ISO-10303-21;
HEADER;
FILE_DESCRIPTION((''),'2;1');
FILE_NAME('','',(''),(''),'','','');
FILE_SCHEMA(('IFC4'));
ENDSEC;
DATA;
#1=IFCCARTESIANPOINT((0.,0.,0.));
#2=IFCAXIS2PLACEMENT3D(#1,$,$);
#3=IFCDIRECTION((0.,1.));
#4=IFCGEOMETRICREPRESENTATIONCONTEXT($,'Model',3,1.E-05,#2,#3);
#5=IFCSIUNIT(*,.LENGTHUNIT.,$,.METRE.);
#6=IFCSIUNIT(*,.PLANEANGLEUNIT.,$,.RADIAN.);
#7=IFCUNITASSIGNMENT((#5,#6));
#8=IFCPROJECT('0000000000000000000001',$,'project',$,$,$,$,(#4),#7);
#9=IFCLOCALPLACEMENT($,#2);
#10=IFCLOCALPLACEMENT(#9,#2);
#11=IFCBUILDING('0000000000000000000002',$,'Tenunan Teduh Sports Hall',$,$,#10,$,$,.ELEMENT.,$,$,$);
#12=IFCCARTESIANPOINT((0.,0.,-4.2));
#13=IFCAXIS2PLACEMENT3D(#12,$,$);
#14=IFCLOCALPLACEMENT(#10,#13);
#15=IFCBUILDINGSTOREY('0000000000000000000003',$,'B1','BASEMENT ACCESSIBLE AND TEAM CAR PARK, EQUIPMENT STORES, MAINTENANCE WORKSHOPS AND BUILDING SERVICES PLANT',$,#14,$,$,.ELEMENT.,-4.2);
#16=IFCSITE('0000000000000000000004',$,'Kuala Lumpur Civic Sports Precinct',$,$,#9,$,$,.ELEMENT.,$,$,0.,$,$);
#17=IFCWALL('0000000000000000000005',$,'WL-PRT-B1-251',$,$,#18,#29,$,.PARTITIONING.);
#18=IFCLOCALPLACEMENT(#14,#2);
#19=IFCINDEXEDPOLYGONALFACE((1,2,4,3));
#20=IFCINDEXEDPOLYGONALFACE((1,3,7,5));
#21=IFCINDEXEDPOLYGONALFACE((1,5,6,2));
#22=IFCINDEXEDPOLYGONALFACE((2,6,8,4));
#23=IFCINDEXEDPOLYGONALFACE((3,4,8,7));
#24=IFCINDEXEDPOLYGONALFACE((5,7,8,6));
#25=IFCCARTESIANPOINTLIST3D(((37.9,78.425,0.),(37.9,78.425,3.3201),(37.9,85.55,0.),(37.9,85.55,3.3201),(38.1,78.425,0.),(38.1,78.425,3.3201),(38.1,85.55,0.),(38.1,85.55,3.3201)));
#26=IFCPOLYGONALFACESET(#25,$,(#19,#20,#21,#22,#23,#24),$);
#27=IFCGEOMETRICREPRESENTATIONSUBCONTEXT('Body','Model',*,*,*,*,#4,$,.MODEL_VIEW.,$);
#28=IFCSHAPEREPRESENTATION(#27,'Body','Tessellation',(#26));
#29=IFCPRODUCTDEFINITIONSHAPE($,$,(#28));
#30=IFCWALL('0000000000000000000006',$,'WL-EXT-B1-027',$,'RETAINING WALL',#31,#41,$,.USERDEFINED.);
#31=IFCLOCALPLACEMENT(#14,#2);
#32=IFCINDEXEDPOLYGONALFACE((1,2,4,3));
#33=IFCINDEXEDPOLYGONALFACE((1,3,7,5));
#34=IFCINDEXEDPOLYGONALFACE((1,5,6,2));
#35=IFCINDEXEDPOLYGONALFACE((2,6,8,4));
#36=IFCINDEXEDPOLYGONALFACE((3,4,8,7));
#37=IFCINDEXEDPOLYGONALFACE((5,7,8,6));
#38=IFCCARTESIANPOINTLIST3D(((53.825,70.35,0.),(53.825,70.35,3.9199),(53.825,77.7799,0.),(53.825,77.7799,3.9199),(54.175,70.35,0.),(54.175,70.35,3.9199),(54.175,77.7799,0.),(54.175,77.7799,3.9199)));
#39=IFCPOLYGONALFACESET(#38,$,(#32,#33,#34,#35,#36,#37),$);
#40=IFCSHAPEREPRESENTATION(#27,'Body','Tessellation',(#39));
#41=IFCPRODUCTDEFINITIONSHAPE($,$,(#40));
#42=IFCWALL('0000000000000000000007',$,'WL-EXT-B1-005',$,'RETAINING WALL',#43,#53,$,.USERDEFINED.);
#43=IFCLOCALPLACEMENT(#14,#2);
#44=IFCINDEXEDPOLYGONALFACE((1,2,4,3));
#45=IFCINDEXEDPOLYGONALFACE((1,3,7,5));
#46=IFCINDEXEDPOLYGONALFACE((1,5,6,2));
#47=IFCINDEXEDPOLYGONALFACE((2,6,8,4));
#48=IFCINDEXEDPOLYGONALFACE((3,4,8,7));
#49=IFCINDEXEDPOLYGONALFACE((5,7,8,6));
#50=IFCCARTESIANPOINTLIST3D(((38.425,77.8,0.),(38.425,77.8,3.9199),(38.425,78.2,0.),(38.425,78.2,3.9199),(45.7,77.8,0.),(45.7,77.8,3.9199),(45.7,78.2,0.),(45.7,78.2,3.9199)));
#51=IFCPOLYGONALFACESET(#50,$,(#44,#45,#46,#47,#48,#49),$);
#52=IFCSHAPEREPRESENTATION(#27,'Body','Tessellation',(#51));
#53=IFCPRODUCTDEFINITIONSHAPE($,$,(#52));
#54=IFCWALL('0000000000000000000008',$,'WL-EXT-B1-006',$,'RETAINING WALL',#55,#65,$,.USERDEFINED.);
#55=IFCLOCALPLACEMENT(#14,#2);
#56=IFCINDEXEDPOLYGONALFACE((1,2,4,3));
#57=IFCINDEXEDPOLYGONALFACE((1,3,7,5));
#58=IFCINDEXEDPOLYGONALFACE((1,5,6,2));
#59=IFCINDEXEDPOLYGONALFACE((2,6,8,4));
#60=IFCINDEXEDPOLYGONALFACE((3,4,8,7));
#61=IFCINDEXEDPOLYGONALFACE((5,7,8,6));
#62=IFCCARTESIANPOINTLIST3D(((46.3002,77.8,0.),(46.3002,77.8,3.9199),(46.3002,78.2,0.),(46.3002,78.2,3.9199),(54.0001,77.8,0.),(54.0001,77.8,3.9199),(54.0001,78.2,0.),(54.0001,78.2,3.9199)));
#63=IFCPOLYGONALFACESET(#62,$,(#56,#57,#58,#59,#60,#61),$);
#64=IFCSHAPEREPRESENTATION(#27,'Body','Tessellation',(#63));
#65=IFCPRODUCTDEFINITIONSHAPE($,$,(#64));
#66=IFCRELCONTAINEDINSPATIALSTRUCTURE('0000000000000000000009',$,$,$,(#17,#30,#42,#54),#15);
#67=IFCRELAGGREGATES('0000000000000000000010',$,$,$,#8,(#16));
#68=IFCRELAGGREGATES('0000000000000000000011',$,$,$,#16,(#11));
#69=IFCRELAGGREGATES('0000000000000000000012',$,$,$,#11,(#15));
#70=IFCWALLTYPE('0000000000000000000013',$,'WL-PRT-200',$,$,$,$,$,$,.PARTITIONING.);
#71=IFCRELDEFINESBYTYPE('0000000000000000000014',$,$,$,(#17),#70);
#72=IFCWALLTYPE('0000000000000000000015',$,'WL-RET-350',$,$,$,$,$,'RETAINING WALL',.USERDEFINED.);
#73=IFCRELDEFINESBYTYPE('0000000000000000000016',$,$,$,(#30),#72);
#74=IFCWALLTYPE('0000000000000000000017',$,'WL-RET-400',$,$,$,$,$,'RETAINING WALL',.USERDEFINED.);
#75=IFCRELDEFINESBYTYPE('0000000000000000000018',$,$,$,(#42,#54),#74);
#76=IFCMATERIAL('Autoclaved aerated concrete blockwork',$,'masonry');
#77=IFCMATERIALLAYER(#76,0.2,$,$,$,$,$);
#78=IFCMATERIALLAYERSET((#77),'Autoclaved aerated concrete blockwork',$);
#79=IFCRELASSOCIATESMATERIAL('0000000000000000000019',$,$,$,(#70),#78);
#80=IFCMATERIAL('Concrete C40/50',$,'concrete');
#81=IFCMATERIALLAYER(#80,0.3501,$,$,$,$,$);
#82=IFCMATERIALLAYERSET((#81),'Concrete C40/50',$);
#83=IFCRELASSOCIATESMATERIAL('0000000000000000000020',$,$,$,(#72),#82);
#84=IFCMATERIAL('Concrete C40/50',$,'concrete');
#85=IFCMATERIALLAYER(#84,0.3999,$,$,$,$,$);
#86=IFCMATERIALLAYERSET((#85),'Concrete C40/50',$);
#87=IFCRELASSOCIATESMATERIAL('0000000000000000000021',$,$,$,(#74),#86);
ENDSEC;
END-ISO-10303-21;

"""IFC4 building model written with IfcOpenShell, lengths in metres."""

from ifc_helpers import new_model, si_unit, direction, frame, frame_2d, origin, place, context, subcontext, project, spatial, rectangle, extrude, material, layer, layer_set, type_object, element, save


model = new_model("IFC4")

# Units and contexts
model_context = context("Model", 3, precision=1e-05, world=origin(), true_north=direction((0.0, 1.0)))
body_context = subcontext(model_context, "Body", "Model", "MODEL_VIEW")
ifc_project = project(units=[si_unit("LENGTHUNIT", "METRE"), si_unit("PLANEANGLEUNIT", "RADIAN")], contexts=[model_context])

# Site, building, storey
site_placement = place(None, origin())
site = spatial("IfcSite", under=ifc_project, at=site_placement, Name="Kuala Lumpur Civic Sports Precinct", CompositionType="ELEMENT", RefElevation=0.0)
building_placement = place(site_placement, origin())
building = spatial("IfcBuilding", under=site, at=building_placement, Name="Tenunan Teduh Sports Hall", CompositionType="ELEMENT")
storey_placement = place(building_placement, frame((0.0, 0.0, -4.2)))
storey = spatial("IfcBuildingStorey", under=building, at=storey_placement, Name="B1", Description="BASEMENT ACCESSIBLE AND TEAM CAR PARK, EQUIPMENT STORES, MAINTENANCE WORKSHOPS AND BUILDING SERVICES PLANT", CompositionType="ELEMENT", Elevation=-4.2)

# Walls
ifc_material_1 = material(Name="Autoclaved aerated concrete blockwork", Category="masonry")
ifc_layer_1 = layer(ifc_material_1, 0.2)
ifc_layer_set_1 = layer_set([ifc_layer_1], Name="Autoclaved aerated concrete blockwork")
wall_type_1 = type_object("IfcWallType", Name="WL-PRT-200", PredefinedType="PARTITIONING", material=ifc_layer_set_1)
wall_1_placement = place(storey_placement, frame((38.0, 78.425, 0.0), z_axis=(0.0, 0.0, 1.0), x_axis=(0.0, 1.0, 0.0)))
element("IfcWall", 1, at=wall_1_placement, inside=storey, type_object=wall_type_1, Name="WL-PRT-B1-251", PredefinedType="PARTITIONING", context=body_context, shape_type="SweptSolid", body=[
    extrude(rectangle(XDim=7.125, YDim=0.2, at=frame_2d((3.5625, 0.0))), origin(), (0.0, 0.0, 1.0), 3.3201),
])
ifc_material_2 = material(Name="Concrete C40/50", Category="concrete")
ifc_layer_2 = layer(ifc_material_2, 0.3501)
ifc_layer_set_2 = layer_set([ifc_layer_2], Name="Concrete C40/50")
wall_type_2 = type_object("IfcWallType", Name="WL-RET-350", ElementType="RETAINING WALL", PredefinedType="USERDEFINED", material=ifc_layer_set_2)
wall_2_placement = place(storey_placement, frame((54.0, 70.3501, 0.0), z_axis=(0.0, 0.0, 1.0), x_axis=(0.0, 1.0, 0.0)))
element("IfcWall", 2, at=wall_2_placement, inside=storey, type_object=wall_type_2, Name="WL-EXT-B1-027", ObjectType="RETAINING WALL", PredefinedType="USERDEFINED", context=body_context, shape_type="SweptSolid", body=[
    extrude(rectangle(XDim=7.4299, YDim=0.3501, at=frame_2d((3.7148, 0.0))), origin(), (0.0, 0.0, 1.0), 3.9199),
])
ifc_material_3 = material(Name="Concrete C40/50", Category="concrete")
ifc_layer_3 = layer(ifc_material_3, 0.3999)
ifc_layer_set_3 = layer_set([ifc_layer_3], Name="Concrete C40/50")
wall_type_3 = type_object("IfcWallType", Name="WL-RET-400", ElementType="RETAINING WALL", PredefinedType="USERDEFINED", material=ifc_layer_set_3)
wall_3_placement = place(storey_placement, frame((38.425, 78.0, 0.0), z_axis=(0.0, 0.0, 1.0), x_axis=(1.0, 0.0, 0.0)))
element("IfcWall", 3, at=wall_3_placement, inside=storey, type_object=wall_type_3, Name="WL-EXT-B1-005", ObjectType="RETAINING WALL", PredefinedType="USERDEFINED", context=body_context, shape_type="SweptSolid", body=[
    extrude(rectangle(XDim=7.2749, YDim=0.3999, at=frame_2d((3.6375, 0.0))), origin(), (0.0, 0.0, 1.0), 3.9199),
])
wall_4_placement = place(storey_placement, frame((46.3, 78.0, 0.0), z_axis=(0.0, 0.0, 1.0), x_axis=(1.0, 0.0, 0.0)))
element("IfcWall", 4, at=wall_4_placement, inside=storey, type_object=wall_type_3, Name="WL-EXT-B1-006", ObjectType="RETAINING WALL", PredefinedType="USERDEFINED", context=body_context, shape_type="SweptSolid", body=[
    extrude(rectangle(XDim=7.7, YDim=0.3999, at=frame_2d((3.8501, 0.0))), origin(), (0.0, 0.0, 1.0), 3.9199),
])

save(model, "model.ifc")
